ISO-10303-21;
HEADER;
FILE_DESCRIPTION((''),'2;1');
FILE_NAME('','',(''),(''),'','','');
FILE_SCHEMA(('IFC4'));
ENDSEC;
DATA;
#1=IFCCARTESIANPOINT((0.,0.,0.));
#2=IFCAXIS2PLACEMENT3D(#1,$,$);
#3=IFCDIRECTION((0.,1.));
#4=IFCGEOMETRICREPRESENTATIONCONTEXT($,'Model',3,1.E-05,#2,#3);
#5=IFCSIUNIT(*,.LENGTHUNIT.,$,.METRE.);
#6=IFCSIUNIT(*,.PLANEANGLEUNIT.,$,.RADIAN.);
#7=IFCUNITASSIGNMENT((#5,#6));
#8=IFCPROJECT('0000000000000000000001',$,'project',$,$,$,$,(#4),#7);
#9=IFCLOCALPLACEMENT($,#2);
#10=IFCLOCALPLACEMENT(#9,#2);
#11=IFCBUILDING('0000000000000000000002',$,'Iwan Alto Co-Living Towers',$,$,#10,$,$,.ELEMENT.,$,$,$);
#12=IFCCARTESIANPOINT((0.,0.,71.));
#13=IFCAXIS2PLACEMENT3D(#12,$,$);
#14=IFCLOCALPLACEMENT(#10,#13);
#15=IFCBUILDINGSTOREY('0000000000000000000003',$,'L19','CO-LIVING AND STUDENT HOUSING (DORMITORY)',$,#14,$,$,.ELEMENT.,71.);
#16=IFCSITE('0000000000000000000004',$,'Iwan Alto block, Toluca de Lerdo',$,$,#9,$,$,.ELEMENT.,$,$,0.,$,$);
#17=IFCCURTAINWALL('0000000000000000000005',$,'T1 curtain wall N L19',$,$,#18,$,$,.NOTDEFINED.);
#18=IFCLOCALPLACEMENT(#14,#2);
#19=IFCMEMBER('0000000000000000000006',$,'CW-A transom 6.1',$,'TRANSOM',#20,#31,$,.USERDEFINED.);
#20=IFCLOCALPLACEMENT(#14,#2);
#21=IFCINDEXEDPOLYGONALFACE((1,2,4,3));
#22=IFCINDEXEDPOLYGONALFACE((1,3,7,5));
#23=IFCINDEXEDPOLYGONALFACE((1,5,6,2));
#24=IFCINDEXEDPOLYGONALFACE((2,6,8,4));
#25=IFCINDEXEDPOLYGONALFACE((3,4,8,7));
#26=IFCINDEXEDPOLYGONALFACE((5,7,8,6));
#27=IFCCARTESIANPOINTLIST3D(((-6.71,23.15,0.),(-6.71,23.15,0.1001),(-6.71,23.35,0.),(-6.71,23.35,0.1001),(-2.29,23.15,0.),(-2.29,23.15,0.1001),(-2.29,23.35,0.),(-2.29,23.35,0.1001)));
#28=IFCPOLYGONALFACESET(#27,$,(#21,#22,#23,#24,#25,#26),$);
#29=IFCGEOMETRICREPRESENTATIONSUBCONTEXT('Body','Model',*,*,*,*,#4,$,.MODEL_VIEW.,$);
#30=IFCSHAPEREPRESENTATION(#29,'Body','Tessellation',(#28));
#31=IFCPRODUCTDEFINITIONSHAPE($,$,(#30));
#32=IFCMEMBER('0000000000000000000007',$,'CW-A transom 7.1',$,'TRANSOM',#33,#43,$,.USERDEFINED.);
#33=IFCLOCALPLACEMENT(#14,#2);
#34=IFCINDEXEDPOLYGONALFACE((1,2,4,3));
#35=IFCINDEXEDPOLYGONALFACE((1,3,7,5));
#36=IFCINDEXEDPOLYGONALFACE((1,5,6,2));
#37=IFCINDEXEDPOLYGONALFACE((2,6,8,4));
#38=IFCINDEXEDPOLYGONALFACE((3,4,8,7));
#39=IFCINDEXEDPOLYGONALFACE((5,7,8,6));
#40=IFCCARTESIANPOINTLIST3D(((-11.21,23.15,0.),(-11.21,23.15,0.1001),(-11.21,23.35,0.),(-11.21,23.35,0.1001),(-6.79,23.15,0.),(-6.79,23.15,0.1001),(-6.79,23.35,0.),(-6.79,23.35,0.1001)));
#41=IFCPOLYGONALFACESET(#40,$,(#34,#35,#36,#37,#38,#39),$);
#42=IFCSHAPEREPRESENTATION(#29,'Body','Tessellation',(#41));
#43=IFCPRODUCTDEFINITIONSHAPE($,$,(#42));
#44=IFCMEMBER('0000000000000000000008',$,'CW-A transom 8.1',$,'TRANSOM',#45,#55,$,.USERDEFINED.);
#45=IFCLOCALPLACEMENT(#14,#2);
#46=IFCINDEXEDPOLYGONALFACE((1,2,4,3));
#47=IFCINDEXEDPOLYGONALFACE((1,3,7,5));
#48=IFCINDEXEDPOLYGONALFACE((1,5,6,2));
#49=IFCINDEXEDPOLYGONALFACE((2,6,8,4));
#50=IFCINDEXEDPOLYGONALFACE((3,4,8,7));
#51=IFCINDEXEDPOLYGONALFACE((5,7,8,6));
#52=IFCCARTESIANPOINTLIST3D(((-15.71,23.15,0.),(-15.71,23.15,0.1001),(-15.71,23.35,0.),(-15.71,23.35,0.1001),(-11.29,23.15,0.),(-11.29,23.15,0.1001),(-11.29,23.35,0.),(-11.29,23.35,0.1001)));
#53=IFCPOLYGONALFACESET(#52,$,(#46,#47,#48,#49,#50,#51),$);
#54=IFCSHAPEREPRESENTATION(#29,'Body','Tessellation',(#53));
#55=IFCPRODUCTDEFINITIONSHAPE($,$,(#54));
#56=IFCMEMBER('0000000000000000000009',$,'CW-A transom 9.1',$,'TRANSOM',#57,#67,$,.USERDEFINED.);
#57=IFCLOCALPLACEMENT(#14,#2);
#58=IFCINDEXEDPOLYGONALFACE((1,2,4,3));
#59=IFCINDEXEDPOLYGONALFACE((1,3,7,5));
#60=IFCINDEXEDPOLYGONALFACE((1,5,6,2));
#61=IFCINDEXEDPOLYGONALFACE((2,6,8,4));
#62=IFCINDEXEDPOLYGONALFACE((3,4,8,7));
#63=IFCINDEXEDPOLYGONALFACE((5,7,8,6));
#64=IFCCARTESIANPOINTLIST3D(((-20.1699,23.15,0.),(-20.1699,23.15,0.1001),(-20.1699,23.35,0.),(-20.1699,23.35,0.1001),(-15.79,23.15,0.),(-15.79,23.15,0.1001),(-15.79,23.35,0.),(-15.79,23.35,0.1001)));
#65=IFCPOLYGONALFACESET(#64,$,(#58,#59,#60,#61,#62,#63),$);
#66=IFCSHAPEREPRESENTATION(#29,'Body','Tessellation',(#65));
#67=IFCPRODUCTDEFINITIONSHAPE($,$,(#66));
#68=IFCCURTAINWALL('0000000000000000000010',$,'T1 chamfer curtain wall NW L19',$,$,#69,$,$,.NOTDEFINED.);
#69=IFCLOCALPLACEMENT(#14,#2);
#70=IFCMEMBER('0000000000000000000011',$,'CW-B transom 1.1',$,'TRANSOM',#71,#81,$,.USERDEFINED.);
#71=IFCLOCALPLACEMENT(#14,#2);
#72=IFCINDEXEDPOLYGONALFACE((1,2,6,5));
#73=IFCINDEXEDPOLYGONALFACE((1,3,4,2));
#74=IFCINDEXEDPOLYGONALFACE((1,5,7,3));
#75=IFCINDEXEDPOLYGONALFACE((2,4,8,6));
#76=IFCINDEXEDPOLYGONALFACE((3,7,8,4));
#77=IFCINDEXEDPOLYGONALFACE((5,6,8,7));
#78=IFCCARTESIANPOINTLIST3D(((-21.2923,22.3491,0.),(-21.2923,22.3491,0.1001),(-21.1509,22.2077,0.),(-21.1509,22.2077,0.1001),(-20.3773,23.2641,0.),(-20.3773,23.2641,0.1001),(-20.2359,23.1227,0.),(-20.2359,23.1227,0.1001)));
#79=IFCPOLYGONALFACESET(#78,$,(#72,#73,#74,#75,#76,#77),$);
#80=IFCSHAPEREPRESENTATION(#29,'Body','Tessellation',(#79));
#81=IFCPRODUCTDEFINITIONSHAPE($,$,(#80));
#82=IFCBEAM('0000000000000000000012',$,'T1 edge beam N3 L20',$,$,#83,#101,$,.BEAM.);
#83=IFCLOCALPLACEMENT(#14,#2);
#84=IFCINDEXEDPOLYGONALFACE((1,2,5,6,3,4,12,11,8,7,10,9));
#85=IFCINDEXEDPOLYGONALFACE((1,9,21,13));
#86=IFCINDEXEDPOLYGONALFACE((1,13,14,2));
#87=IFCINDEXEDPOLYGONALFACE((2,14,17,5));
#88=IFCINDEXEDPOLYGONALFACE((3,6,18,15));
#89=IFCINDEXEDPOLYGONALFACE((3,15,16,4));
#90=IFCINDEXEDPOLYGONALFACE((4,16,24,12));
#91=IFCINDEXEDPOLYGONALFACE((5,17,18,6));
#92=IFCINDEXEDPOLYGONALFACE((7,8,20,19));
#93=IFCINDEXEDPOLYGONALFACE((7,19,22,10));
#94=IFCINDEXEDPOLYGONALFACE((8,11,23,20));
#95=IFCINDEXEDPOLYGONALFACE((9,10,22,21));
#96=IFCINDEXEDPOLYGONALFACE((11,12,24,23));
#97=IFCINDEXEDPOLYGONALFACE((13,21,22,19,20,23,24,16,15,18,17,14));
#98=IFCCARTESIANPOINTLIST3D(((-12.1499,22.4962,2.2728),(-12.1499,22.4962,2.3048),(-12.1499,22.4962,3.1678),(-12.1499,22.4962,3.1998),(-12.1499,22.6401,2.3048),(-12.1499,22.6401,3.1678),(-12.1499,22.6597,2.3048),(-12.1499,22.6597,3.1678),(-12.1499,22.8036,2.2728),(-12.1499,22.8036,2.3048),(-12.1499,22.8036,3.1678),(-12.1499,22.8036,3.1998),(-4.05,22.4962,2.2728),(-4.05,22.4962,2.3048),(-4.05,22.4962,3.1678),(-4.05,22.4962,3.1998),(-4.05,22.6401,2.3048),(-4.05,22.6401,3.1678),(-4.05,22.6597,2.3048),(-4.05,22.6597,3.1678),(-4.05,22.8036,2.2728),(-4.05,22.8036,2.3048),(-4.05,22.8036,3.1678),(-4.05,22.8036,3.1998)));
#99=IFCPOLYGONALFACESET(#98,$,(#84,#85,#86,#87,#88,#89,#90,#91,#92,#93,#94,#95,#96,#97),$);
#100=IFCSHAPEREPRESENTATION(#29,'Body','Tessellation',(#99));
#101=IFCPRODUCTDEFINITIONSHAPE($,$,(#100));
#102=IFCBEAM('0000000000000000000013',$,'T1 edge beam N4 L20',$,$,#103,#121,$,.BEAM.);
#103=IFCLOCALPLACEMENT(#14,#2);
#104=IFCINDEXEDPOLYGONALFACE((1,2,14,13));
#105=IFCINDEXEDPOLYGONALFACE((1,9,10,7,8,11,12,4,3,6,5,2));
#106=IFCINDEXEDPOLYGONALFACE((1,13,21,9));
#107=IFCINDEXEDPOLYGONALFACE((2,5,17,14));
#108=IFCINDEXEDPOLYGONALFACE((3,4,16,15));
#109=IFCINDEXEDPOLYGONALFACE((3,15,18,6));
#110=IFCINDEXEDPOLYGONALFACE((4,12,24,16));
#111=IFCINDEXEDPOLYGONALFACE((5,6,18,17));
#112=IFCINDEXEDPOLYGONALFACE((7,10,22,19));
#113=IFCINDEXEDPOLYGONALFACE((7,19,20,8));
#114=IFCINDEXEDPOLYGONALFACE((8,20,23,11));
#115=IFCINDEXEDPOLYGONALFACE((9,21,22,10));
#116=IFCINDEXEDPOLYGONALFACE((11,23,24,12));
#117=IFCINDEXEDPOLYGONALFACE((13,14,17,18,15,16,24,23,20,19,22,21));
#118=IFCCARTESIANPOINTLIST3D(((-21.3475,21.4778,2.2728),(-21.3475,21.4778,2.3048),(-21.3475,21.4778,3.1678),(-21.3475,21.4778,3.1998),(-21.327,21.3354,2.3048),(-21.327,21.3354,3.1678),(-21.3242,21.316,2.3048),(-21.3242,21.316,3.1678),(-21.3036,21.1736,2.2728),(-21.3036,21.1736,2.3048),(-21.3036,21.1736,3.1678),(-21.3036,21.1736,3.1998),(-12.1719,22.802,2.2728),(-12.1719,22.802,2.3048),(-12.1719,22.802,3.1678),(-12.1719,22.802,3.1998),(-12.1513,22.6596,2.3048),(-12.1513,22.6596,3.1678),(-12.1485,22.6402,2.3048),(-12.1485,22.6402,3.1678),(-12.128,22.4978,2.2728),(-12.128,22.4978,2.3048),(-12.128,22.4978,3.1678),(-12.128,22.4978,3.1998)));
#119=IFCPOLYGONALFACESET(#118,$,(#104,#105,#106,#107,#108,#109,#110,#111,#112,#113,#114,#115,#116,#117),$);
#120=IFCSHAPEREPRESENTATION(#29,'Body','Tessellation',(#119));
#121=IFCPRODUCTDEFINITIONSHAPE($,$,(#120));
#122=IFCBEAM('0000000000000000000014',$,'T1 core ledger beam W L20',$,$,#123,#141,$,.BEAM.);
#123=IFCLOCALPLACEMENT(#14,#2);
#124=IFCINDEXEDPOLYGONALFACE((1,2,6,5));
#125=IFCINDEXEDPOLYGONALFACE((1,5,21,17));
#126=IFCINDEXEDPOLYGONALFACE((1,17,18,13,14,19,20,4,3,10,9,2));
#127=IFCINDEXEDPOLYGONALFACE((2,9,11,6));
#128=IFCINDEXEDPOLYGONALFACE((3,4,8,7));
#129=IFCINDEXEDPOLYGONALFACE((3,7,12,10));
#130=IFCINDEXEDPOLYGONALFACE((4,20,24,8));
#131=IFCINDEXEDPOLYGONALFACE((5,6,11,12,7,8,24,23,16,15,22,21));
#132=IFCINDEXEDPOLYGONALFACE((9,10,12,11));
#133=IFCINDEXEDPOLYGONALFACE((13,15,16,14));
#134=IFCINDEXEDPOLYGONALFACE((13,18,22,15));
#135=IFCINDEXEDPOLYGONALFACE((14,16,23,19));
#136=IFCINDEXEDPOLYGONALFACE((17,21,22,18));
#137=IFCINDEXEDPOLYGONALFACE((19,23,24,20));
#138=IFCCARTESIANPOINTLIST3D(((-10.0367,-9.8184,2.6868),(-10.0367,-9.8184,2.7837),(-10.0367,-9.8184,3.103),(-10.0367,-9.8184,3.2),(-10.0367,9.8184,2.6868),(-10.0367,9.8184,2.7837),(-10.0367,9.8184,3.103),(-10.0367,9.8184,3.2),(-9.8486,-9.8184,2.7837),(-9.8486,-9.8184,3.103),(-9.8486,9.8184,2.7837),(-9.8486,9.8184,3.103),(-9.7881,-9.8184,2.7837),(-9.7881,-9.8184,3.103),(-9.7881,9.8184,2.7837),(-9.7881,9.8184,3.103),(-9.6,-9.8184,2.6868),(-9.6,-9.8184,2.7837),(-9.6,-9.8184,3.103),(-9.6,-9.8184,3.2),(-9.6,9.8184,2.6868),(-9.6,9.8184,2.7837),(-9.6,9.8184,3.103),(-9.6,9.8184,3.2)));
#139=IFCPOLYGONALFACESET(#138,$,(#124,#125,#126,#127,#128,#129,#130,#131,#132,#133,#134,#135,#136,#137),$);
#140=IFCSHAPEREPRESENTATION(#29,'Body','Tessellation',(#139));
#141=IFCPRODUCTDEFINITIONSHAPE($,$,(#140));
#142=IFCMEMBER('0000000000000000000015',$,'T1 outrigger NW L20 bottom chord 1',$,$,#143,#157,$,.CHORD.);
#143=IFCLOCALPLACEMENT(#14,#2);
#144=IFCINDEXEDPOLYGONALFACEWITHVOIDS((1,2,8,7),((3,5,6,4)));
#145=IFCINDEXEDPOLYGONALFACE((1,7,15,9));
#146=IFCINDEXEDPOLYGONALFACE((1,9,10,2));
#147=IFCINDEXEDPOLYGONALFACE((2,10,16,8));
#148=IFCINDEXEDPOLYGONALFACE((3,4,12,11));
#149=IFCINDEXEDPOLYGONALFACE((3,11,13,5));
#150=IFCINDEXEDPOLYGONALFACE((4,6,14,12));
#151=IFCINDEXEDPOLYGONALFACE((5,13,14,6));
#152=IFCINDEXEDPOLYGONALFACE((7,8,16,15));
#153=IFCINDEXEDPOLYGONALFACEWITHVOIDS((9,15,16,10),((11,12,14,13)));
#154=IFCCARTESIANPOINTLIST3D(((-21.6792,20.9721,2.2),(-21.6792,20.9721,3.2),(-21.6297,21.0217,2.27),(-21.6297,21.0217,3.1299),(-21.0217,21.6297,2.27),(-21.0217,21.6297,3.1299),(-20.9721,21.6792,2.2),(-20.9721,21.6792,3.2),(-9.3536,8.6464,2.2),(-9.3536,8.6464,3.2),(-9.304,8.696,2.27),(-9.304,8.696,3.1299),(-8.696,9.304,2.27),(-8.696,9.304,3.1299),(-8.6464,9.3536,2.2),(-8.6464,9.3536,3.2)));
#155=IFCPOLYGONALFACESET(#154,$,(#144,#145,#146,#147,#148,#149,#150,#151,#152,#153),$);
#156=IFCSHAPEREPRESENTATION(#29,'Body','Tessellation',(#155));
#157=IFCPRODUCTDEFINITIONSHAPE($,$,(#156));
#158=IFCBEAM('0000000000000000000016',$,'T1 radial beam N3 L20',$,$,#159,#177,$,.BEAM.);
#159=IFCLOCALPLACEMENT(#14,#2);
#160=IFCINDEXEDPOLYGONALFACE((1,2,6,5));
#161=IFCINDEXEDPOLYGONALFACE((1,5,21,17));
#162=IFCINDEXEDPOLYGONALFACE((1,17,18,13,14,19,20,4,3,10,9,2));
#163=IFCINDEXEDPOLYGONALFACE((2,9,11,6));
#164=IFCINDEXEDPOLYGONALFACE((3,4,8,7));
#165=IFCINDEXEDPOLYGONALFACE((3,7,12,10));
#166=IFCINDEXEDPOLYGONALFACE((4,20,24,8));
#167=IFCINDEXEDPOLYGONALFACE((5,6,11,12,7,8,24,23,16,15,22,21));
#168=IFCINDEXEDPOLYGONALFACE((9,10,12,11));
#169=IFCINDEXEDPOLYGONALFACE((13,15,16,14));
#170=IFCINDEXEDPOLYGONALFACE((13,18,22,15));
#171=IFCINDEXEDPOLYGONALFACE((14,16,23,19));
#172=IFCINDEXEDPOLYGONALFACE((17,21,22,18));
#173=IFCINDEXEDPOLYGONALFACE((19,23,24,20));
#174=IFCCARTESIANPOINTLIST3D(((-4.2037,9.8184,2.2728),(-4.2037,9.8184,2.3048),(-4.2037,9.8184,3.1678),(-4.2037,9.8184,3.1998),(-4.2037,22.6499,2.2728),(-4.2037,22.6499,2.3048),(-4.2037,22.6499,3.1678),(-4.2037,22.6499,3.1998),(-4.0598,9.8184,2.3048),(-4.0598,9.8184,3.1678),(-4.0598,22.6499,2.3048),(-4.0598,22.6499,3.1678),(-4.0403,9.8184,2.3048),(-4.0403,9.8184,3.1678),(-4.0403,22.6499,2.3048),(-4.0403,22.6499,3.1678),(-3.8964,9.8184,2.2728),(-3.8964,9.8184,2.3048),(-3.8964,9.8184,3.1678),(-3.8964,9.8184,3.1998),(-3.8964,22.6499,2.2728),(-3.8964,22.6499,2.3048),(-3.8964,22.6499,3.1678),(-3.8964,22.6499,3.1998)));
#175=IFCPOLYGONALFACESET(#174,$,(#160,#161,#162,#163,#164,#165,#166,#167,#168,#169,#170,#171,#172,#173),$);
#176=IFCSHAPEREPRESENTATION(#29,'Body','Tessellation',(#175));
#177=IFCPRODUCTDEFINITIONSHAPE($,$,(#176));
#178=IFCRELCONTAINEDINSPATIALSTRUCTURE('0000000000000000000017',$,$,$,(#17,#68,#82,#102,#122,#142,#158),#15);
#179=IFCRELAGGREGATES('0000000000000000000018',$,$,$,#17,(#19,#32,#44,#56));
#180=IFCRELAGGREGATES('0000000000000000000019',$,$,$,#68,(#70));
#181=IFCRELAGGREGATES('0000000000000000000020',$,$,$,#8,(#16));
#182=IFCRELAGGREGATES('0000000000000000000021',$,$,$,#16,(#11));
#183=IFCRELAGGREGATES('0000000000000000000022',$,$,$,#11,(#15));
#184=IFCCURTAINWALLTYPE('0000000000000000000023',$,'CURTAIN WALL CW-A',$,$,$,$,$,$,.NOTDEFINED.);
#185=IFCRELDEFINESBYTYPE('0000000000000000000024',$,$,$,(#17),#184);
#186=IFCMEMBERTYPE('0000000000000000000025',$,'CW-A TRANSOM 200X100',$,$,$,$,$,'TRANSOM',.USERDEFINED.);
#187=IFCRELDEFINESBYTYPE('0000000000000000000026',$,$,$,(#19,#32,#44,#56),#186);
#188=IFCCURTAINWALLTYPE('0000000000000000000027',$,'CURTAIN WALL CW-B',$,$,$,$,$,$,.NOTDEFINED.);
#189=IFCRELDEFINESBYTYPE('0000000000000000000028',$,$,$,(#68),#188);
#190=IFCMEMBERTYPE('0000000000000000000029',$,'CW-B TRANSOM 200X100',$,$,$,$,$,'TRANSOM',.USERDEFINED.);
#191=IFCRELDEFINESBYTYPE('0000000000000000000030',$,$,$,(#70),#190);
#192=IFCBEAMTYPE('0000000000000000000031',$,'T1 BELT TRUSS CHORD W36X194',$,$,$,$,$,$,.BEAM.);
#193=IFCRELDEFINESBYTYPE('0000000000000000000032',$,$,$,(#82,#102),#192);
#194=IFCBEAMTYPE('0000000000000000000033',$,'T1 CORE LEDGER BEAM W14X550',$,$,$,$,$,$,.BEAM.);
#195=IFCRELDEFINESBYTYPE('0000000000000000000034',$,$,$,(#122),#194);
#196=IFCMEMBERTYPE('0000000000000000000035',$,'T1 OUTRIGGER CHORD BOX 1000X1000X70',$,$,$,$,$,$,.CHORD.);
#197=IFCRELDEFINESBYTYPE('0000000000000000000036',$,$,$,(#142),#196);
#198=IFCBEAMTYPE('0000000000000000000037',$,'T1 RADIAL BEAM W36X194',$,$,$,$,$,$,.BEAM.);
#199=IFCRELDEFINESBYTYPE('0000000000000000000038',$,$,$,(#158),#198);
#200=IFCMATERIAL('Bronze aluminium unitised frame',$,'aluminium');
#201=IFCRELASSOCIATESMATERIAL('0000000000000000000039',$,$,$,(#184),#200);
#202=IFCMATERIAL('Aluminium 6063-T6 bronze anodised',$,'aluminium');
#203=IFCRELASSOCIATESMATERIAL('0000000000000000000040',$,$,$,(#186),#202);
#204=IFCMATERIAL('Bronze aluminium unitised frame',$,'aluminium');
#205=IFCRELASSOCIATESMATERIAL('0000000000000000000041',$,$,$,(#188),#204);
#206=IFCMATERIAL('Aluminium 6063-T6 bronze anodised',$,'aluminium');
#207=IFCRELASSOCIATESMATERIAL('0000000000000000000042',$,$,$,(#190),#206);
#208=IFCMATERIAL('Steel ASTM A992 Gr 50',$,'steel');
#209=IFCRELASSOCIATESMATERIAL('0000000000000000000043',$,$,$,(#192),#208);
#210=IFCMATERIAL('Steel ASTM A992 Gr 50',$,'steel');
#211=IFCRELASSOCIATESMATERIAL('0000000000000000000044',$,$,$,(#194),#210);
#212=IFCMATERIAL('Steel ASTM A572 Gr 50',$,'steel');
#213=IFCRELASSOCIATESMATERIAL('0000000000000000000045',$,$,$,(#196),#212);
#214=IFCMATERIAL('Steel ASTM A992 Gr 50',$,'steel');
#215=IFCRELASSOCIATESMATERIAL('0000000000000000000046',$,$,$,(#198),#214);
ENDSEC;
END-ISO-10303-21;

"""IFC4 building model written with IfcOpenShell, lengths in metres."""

from ifc_helpers import new_model, si_unit, direction, frame, origin, origin_2d, place, context, subcontext, project, spatial, rectangle, hollow_rectangle, i_section, extrude, material, material_profile, profile_set, type_object, element, aggregate, save


model = new_model("IFC4")

# Units and contexts
model_context = context("Model", 3, precision=1e-05, world=origin(), true_north=direction((0.0, 1.0)))
body_context = subcontext(model_context, "Body", "Model", "MODEL_VIEW")
ifc_project = project(units=[si_unit("LENGTHUNIT", "METRE"), si_unit("PLANEANGLEUNIT", "RADIAN")], contexts=[model_context])

# Site, building, storey
site_placement = place(None, origin())
site = spatial("IfcSite", under=ifc_project, at=site_placement, Name="Iwan Alto block, Toluca de Lerdo", CompositionType="ELEMENT", RefElevation=0.0)
building_placement = place(site_placement, origin())
building = spatial("IfcBuilding", under=site, at=building_placement, Name="Iwan Alto Co-Living Towers", CompositionType="ELEMENT")
storey_placement = place(building_placement, frame((0.0, 0.0, 71.0)))
storey = spatial("IfcBuildingStorey", under=building, at=storey_placement, Name="L19", Description="CO-LIVING AND STUDENT HOUSING (DORMITORY)", CompositionType="ELEMENT", Elevation=71.0)

# Curtain wall, members
ifc_material_1 = material(Name="Bronze aluminium unitised frame", Category="aluminium")
curtain_wall_type_1 = type_object("IfcCurtainWallType", Name="CURTAIN WALL CW-A", PredefinedType="NOTDEFINED", material=ifc_material_1)
curtain_wall_1_placement = place(storey_placement, origin())
curtain_wall_1 = element("IfcCurtainWall", 1, at=curtain_wall_1_placement, inside=storey, type_object=curtain_wall_type_1, Name="T1 curtain wall N L19", PredefinedType="NOTDEFINED")
ifc_material_2 = material(Name="Aluminium 6063-T6 bronze anodised", Category="aluminium")
ifc_material_profile_1 = material_profile(ifc_material_2, rectangle(XDim=0.2, YDim=0.1001, at=origin_2d()), Name="AL 200X100")
ifc_profile_set_1 = profile_set([ifc_material_profile_1], Name="Aluminium 6063-T6 bronze anodised")
member_type_1 = type_object("IfcMemberType", Name="CW-A TRANSOM 200X100", ElementType="TRANSOM", PredefinedType="USERDEFINED", material=ifc_profile_set_1)
member_1_placement = place(storey_placement, frame((-2.29, 23.25, 0.05), z_axis=(-1.0, 0.0, 0.0), x_axis=(0.0, -1.0, 0.0)))
member_1 = element("IfcMember", 2, at=member_1_placement, type_object=member_type_1, Name="CW-A transom 6.1", ObjectType="TRANSOM", PredefinedType="USERDEFINED", context=body_context, shape_type="SweptSolid", body=[
    extrude(rectangle(XDim=0.2, YDim=0.1001, at=origin_2d()), origin(), (0.0, 0.0, 1.0), 4.4199),
])
member_2_placement = place(storey_placement, frame((-6.79, 23.25, 0.05), z_axis=(-1.0, 0.0, 0.0), x_axis=(0.0, -1.0, 0.0)))
member_2 = element("IfcMember", 3, at=member_2_placement, type_object=member_type_1, Name="CW-A transom 7.1", ObjectType="TRANSOM", PredefinedType="USERDEFINED", context=body_context, shape_type="SweptSolid", body=[
    extrude(rectangle(XDim=0.2, YDim=0.1001, at=origin_2d()), origin(), (0.0, 0.0, 1.0), 4.4199),
])
member_3_placement = place(storey_placement, frame((-11.29, 23.25, 0.05), z_axis=(-1.0, 0.0, 0.0), x_axis=(0.0, -1.0, 0.0)))
member_3 = element("IfcMember", 4, at=member_3_placement, type_object=member_type_1, Name="CW-A transom 8.1", ObjectType="TRANSOM", PredefinedType="USERDEFINED", context=body_context, shape_type="SweptSolid", body=[
    extrude(rectangle(XDim=0.2, YDim=0.1001, at=origin_2d()), origin(), (0.0, 0.0, 1.0), 4.4199),
])
member_4_placement = place(storey_placement, frame((-15.79, 23.25, 0.05), z_axis=(-1.0, 0.0, 0.0), x_axis=(0.0, -1.0, 0.0)))
member_4 = element("IfcMember", 5, at=member_4_placement, type_object=member_type_1, Name="CW-A transom 9.1", ObjectType="TRANSOM", PredefinedType="USERDEFINED", context=body_context, shape_type="SweptSolid", body=[
    extrude(rectangle(XDim=0.2, YDim=0.1001, at=origin_2d()), origin(), (0.0, 0.0, 1.0), 4.3799),
])

# Curtain wall, member
ifc_material_3 = material(Name="Bronze aluminium unitised frame", Category="aluminium")
curtain_wall_type_2 = type_object("IfcCurtainWallType", Name="CURTAIN WALL CW-B", PredefinedType="NOTDEFINED", material=ifc_material_3)
curtain_wall_2_placement = place(storey_placement, origin())
curtain_wall_2 = element("IfcCurtainWall", 6, at=curtain_wall_2_placement, inside=storey, type_object=curtain_wall_type_2, Name="T1 chamfer curtain wall NW L19", PredefinedType="NOTDEFINED")
ifc_material_4 = material(Name="Aluminium 6063-T6 bronze anodised", Category="aluminium")
ifc_material_profile_2 = material_profile(ifc_material_4, rectangle(XDim=0.2, YDim=0.1001, at=origin_2d()), Name="AL 200X100")
ifc_profile_set_2 = profile_set([ifc_material_profile_2], Name="Aluminium 6063-T6 bronze anodised")
member_type_2 = type_object("IfcMemberType", Name="CW-B TRANSOM 200X100", ElementType="TRANSOM", PredefinedType="USERDEFINED", material=ifc_profile_set_2)
member_5_placement = place(storey_placement, frame((-20.3066, 23.1934, 0.05), z_axis=(-0.707107, -0.707107, 0.0), x_axis=(0.707107, -0.707107, 0.0)))
member_5 = element("IfcMember", 7, at=member_5_placement, type_object=member_type_2, Name="CW-B transom 1.1", ObjectType="TRANSOM", PredefinedType="USERDEFINED", context=body_context, shape_type="SweptSolid", body=[
    extrude(rectangle(XDim=0.2, YDim=0.1001, at=origin_2d()), origin(), (0.0, 0.0, 1.0), 1.2939),
])

# Beams
ifc_material_5 = material(Name="Steel ASTM A992 Gr 50", Category="steel")
ifc_material_profile_3 = material_profile(ifc_material_5, i_section(OverallWidth=0.3074, OverallDepth=0.927, WebThickness=0.0195, FlangeThickness=0.032, at=origin_2d()), Name="W36X194")
ifc_profile_set_3 = profile_set([ifc_material_profile_3], Name="Steel ASTM A992 Gr 50")
beam_type_1 = type_object("IfcBeamType", Name="T1 BELT TRUSS CHORD W36X194", PredefinedType="BEAM", material=ifc_profile_set_3)
beam_1_placement = place(storey_placement, frame((-4.05, 22.6499, 2.7363), z_axis=(-1.0, 0.0, 0.0), x_axis=(0.0, -1.0, 0.0)))
element("IfcBeam", 8, at=beam_1_placement, inside=storey, type_object=beam_type_1, Name="T1 edge beam N3 L20", PredefinedType="BEAM", context=body_context, shape_type="SweptSolid", body=[
    extrude(i_section(OverallWidth=0.3074, OverallDepth=0.927, WebThickness=0.0195, FlangeThickness=0.032, at=origin_2d()), origin(), (0.0, 0.0, 1.0), 8.0999),
])
beam_2_placement = place(storey_placement, frame((-12.1499, 22.6499, 2.7363), z_axis=(-0.989746, -0.142837, 0.0), x_axis=(0.142837, -0.989746, 0.0)))
element("IfcBeam", 9, at=beam_2_placement, inside=storey, type_object=beam_type_1, Name="T1 edge beam N4 L20", PredefinedType="BEAM", context=body_context, shape_type="SweptSolid", body=[
    extrude(i_section(OverallWidth=0.3074, OverallDepth=0.927, WebThickness=0.0195, FlangeThickness=0.032, at=origin_2d()), origin(), (0.0, 0.0, 1.0), 9.2708),
])
ifc_material_6 = material(Name="Steel ASTM A992 Gr 50", Category="steel")
ifc_material_profile_4 = material_profile(ifc_material_6, i_section(OverallWidth=0.4368, OverallDepth=0.5132, WebThickness=0.0605, FlangeThickness=0.0969, at=origin_2d()), Name="W14X550")
ifc_profile_set_4 = profile_set([ifc_material_profile_4], Name="Steel ASTM A992 Gr 50")
beam_type_2 = type_object("IfcBeamType", Name="T1 CORE LEDGER BEAM W14X550", PredefinedType="BEAM", material=ifc_profile_set_4)
beam_3_placement = place(storey_placement, frame((-9.8184, 9.8184, 2.9434), z_axis=(0.0, -1.0, 0.0), x_axis=(1.0, 0.0, 0.0)))
element("IfcBeam", 10, at=beam_3_placement, inside=storey, type_object=beam_type_2, Name="T1 core ledger beam W L20", PredefinedType="BEAM", context=body_context, shape_type="SweptSolid", body=[
    extrude(i_section(OverallWidth=0.4368, OverallDepth=0.5132, WebThickness=0.0605, FlangeThickness=0.0969, at=origin_2d()), origin(), (0.0, 0.0, 1.0), 19.6367),
])

# Member
ifc_material_7 = material(Name="Steel ASTM A572 Gr 50", Category="steel")
ifc_material_profile_5 = material_profile(ifc_material_7, hollow_rectangle(XDim=1.0, YDim=1.0, WallThickness=0.0701, at=origin_2d()), Name="BOX 1000X1000X70")
ifc_profile_set_5 = profile_set([ifc_material_profile_5], Name="Steel ASTM A572 Gr 50")
member_type_3 = type_object("IfcMemberType", Name="T1 OUTRIGGER CHORD BOX 1000X1000X70", PredefinedType="CHORD", material=ifc_profile_set_5)
member_6_placement = place(storey_placement, frame((-9.0, 9.0, 2.7), z_axis=(-0.707107, 0.707107, 0.0), x_axis=(-0.707107, -0.707107, 0.0)))
element("IfcMember", 11, at=member_6_placement, inside=storey, type_object=member_type_3, Name="T1 outrigger NW L20 bottom chord 1", PredefinedType="CHORD", context=body_context, shape_type="SweptSolid", body=[
    extrude(hollow_rectangle(XDim=1.0, YDim=1.0, WallThickness=0.0701, at=origin_2d()), origin(), (0.0, 0.0, 1.0), 17.4312),
])

# Beam
ifc_material_8 = material(Name="Steel ASTM A992 Gr 50", Category="steel")
ifc_material_profile_6 = material_profile(ifc_material_8, i_section(OverallWidth=0.3074, OverallDepth=0.927, WebThickness=0.0195, FlangeThickness=0.032, at=origin_2d()), Name="W36X194")
ifc_profile_set_6 = profile_set([ifc_material_profile_6], Name="Steel ASTM A992 Gr 50")
beam_type_3 = type_object("IfcBeamType", Name="T1 RADIAL BEAM W36X194", PredefinedType="BEAM", material=ifc_profile_set_6)
beam_4_placement = place(storey_placement, frame((-4.05, 22.6499, 2.7363), z_axis=(0.0, -1.0, 0.0), x_axis=(1.0, 0.0, 0.0)))
element("IfcBeam", 12, at=beam_4_placement, inside=storey, type_object=beam_type_3, Name="T1 radial beam N3 L20", PredefinedType="BEAM", context=body_context, shape_type="SweptSolid", body=[
    extrude(i_section(OverallWidth=0.3074, OverallDepth=0.927, WebThickness=0.0195, FlangeThickness=0.032, at=origin_2d()), origin(), (0.0, 0.0, 1.0), 12.8315),
])

aggregate(curtain_wall_1, [member_1, member_2, member_3, member_4])
aggregate(curtain_wall_2, [member_5])

save(model, "model.ifc")
